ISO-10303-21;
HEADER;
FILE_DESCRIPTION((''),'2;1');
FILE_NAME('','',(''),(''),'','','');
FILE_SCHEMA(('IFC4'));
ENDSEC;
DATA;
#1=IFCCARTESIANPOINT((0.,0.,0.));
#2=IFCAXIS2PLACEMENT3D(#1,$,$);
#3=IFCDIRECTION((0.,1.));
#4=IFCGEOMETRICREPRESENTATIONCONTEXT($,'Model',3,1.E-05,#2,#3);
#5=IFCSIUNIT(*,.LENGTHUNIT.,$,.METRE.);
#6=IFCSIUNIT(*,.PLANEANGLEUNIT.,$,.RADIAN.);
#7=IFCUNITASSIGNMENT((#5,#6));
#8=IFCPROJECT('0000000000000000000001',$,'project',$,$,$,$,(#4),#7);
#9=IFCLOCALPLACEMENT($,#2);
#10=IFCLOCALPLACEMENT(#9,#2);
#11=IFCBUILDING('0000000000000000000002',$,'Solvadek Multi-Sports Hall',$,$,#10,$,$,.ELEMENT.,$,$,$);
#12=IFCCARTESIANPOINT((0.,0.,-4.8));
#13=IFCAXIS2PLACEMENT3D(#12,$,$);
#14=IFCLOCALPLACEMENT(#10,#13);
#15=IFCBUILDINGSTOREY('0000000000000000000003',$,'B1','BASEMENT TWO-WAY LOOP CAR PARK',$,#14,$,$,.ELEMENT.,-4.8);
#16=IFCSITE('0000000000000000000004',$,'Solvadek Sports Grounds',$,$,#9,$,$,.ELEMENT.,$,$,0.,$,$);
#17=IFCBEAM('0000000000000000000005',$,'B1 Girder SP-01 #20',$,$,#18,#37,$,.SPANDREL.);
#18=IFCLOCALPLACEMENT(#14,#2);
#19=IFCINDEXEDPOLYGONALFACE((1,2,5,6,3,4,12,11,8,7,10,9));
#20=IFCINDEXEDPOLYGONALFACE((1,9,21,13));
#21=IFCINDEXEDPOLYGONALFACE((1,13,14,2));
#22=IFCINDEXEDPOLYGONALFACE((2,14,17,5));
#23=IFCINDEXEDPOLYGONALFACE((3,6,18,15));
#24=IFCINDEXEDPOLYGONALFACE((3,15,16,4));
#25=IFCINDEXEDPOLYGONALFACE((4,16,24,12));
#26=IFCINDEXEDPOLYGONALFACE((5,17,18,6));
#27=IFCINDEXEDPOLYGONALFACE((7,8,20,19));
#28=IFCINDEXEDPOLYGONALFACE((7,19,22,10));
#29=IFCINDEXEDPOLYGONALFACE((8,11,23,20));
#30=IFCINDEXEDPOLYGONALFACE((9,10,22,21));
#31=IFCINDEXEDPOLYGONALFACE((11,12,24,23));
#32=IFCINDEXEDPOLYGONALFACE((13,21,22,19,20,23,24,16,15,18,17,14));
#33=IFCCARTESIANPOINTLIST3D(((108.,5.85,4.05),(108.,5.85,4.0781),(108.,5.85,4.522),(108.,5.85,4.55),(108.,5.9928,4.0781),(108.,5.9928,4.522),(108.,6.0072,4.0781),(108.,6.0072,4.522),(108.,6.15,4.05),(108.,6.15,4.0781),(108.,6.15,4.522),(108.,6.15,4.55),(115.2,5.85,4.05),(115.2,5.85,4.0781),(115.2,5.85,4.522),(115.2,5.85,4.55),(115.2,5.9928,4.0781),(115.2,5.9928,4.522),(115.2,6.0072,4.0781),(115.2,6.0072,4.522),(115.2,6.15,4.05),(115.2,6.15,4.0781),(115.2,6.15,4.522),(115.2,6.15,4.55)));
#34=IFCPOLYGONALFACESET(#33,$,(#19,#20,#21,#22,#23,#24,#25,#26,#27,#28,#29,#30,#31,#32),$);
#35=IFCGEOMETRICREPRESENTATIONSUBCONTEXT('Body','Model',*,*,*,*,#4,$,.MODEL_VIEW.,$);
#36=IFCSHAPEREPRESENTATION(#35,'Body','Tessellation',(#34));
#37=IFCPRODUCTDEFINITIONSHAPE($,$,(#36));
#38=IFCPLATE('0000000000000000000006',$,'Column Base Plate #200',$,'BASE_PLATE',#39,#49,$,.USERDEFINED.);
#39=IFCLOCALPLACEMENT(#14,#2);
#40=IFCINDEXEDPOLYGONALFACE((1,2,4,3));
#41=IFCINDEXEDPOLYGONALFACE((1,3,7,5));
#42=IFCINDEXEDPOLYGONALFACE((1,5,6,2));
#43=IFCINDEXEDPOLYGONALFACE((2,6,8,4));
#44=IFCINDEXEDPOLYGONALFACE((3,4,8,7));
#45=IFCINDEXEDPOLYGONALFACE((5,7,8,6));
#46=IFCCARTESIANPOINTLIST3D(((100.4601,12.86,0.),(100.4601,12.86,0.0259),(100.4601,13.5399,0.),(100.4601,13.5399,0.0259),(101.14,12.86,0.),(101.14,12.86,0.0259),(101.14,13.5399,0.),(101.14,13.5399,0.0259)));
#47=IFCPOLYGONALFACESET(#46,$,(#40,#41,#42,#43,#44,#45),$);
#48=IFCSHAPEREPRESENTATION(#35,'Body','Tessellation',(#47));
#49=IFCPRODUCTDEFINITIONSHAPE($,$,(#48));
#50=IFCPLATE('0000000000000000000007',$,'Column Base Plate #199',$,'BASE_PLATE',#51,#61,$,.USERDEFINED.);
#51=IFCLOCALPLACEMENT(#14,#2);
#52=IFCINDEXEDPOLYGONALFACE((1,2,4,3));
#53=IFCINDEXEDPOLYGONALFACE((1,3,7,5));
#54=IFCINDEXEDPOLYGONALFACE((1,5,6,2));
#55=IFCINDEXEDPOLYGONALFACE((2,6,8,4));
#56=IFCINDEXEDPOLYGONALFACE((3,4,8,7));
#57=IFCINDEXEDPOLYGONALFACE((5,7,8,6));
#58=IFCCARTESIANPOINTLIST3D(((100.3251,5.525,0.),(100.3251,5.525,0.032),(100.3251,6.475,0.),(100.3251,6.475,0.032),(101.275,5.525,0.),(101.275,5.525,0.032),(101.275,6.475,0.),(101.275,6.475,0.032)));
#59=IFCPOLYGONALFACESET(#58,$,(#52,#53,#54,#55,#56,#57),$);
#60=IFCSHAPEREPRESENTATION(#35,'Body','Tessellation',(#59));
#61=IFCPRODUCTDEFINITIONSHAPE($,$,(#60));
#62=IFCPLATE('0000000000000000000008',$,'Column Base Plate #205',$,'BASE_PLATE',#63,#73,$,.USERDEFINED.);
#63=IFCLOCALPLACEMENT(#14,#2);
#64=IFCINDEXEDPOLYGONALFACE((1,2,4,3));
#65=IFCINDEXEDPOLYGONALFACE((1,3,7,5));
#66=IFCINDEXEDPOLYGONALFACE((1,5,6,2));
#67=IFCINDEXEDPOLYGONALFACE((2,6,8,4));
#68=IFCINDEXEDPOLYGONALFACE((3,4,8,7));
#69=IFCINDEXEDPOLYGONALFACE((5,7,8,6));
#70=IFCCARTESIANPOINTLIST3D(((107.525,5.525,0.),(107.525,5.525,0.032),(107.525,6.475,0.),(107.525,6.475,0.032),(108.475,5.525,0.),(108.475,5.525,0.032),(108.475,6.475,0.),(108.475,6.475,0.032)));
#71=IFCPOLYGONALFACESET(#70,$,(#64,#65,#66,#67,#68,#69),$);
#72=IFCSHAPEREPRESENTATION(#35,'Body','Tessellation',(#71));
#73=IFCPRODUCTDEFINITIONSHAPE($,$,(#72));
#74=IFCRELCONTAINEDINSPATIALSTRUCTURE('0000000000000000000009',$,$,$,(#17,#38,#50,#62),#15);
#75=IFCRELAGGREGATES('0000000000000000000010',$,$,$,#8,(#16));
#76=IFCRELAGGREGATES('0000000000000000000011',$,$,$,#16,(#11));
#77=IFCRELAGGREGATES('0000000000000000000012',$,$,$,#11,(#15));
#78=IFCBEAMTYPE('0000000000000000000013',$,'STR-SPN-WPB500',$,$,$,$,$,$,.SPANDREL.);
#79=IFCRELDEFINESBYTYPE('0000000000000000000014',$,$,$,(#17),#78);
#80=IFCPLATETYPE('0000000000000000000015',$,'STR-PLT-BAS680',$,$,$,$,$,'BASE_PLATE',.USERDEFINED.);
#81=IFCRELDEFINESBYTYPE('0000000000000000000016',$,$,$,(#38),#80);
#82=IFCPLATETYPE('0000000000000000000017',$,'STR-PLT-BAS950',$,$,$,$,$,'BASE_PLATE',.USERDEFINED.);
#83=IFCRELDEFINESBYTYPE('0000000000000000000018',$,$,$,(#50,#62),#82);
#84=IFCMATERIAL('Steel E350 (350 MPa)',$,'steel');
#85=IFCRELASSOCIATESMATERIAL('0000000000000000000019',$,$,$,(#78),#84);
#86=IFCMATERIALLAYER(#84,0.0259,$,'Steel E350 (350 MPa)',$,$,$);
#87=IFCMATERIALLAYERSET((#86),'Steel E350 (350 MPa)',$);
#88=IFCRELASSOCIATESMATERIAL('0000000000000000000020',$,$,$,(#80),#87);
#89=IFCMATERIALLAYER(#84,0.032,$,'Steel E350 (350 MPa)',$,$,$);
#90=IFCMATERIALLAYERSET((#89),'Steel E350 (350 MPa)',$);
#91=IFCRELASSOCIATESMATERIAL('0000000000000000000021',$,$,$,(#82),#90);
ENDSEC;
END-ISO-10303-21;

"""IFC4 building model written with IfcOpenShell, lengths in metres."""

from ifc_helpers import new_model, si_unit, direction, frame, origin, origin_2d, place, context, subcontext, project, spatial, rectangle, i_section, extrude, material, layer, layer_set, material_profile, profile_set, type_object, element, save


model = new_model("IFC4")

# Units and contexts
model_context = context("Model", 3, precision=1e-05, world=origin(), true_north=direction((0.0, 1.0)))
body_context = subcontext(model_context, "Body", "Model", "MODEL_VIEW")
ifc_project = project(units=[si_unit("LENGTHUNIT", "METRE"), si_unit("PLANEANGLEUNIT", "RADIAN")], contexts=[model_context])

# Site, building, storey
site_placement = place(None, origin())
site = spatial("IfcSite", under=ifc_project, at=site_placement, Name="Solvadek Sports Grounds", CompositionType="ELEMENT", RefElevation=0.0)
building_placement = place(site_placement, origin())
building = spatial("IfcBuilding", under=site, at=building_placement, Name="Solvadek Multi-Sports Hall", CompositionType="ELEMENT")
storey_placement = place(building_placement, frame((0.0, 0.0, -4.8)))
storey = spatial("IfcBuildingStorey", under=building, at=storey_placement, Name="B1", Description="BASEMENT TWO-WAY LOOP CAR PARK", CompositionType="ELEMENT", Elevation=-4.8)

# Shared definitions
ifc_material_1 = material(Name="Steel E350 (350 MPa)", Category="steel")

# Beam
ifc_material_profile_1 = material_profile(ifc_material_1, i_section(OverallWidth=0.3, OverallDepth=0.5, WebThickness=0.0144, FlangeThickness=0.0281, at=origin_2d()), Name="WPB 500")
ifc_profile_set_1 = profile_set([ifc_material_profile_1], Name="Steel E350 (350 MPa)")
beam_type_1 = type_object("IfcBeamType", Name="STR-SPN-WPB500", PredefinedType="SPANDREL", material=ifc_profile_set_1)
for number, where, z_axis, x_axis, name in (
    (1, (108.0, 6.0, 4.3), (1.0, 0.0, 0.0), (0.0, 1.0, 0.0), "B1 Girder SP-01 #20"),
):
    element("IfcBeam", number, at=place(storey_placement, frame(where, z_axis=z_axis, x_axis=x_axis)), inside=storey, type_object=beam_type_1, Name=name, PredefinedType="SPANDREL", context=body_context, shape_type="SweptSolid", body=[
        extrude(i_section(OverallWidth=0.3, OverallDepth=0.5, WebThickness=0.0144, FlangeThickness=0.0281, at=origin_2d()), origin(), (0.0, 0.0, 1.0), 7.2),
    ])

# Plates
ifc_layer_1 = layer(ifc_material_1, 0.0259, Name="Steel E350 (350 MPa)")
ifc_layer_set_1 = layer_set([ifc_layer_1], Name="Steel E350 (350 MPa)")
plate_type_1 = type_object("IfcPlateType", Name="STR-PLT-BAS680", ElementType="BASE_PLATE", PredefinedType="USERDEFINED", material=ifc_layer_set_1)
plate_placement = place(storey_placement, frame((100.8, 13.2, 0.0), z_axis=(0.0, 0.0, 1.0), x_axis=(1.0, 0.0, 0.0)))
element("IfcPlate", 2, at=plate_placement, inside=storey, type_object=plate_type_1, Name="Column Base Plate #200", ObjectType="BASE_PLATE", PredefinedType="USERDEFINED", context=body_context, shape_type="SweptSolid", body=[
    extrude(rectangle(XDim=0.6799, YDim=0.6799, at=origin_2d()), origin(), (0.0, 0.0, 1.0), 0.0259),
])
ifc_layer_2 = layer(ifc_material_1, 0.032, Name="Steel E350 (350 MPa)")
ifc_layer_set_2 = layer_set([ifc_layer_2], Name="Steel E350 (350 MPa)")
plate_type_2 = type_object("IfcPlateType", Name="STR-PLT-BAS950", ElementType="BASE_PLATE", PredefinedType="USERDEFINED", material=ifc_layer_set_2)
for number, where, z_axis, x_axis, name in (
    (3, (100.8, 6.0, 0.0), (0.0, 0.0, 1.0), (1.0, 0.0, 0.0), "Column Base Plate #199"),
    (4, (108.0, 6.0, 0.0), (0.0, 0.0, 1.0), (1.0, 0.0, 0.0), "Column Base Plate #205"),
):
    element("IfcPlate", number, at=place(storey_placement, frame(where, z_axis=z_axis, x_axis=x_axis)), inside=storey, type_object=plate_type_2, Name=name, ObjectType="BASE_PLATE", PredefinedType="USERDEFINED", context=body_context, shape_type="SweptSolid", body=[
        extrude(rectangle(XDim=0.95, YDim=0.95, at=origin_2d()), origin(), (0.0, 0.0, 1.0), 0.032),
    ])

save(model, "model.ifc")
